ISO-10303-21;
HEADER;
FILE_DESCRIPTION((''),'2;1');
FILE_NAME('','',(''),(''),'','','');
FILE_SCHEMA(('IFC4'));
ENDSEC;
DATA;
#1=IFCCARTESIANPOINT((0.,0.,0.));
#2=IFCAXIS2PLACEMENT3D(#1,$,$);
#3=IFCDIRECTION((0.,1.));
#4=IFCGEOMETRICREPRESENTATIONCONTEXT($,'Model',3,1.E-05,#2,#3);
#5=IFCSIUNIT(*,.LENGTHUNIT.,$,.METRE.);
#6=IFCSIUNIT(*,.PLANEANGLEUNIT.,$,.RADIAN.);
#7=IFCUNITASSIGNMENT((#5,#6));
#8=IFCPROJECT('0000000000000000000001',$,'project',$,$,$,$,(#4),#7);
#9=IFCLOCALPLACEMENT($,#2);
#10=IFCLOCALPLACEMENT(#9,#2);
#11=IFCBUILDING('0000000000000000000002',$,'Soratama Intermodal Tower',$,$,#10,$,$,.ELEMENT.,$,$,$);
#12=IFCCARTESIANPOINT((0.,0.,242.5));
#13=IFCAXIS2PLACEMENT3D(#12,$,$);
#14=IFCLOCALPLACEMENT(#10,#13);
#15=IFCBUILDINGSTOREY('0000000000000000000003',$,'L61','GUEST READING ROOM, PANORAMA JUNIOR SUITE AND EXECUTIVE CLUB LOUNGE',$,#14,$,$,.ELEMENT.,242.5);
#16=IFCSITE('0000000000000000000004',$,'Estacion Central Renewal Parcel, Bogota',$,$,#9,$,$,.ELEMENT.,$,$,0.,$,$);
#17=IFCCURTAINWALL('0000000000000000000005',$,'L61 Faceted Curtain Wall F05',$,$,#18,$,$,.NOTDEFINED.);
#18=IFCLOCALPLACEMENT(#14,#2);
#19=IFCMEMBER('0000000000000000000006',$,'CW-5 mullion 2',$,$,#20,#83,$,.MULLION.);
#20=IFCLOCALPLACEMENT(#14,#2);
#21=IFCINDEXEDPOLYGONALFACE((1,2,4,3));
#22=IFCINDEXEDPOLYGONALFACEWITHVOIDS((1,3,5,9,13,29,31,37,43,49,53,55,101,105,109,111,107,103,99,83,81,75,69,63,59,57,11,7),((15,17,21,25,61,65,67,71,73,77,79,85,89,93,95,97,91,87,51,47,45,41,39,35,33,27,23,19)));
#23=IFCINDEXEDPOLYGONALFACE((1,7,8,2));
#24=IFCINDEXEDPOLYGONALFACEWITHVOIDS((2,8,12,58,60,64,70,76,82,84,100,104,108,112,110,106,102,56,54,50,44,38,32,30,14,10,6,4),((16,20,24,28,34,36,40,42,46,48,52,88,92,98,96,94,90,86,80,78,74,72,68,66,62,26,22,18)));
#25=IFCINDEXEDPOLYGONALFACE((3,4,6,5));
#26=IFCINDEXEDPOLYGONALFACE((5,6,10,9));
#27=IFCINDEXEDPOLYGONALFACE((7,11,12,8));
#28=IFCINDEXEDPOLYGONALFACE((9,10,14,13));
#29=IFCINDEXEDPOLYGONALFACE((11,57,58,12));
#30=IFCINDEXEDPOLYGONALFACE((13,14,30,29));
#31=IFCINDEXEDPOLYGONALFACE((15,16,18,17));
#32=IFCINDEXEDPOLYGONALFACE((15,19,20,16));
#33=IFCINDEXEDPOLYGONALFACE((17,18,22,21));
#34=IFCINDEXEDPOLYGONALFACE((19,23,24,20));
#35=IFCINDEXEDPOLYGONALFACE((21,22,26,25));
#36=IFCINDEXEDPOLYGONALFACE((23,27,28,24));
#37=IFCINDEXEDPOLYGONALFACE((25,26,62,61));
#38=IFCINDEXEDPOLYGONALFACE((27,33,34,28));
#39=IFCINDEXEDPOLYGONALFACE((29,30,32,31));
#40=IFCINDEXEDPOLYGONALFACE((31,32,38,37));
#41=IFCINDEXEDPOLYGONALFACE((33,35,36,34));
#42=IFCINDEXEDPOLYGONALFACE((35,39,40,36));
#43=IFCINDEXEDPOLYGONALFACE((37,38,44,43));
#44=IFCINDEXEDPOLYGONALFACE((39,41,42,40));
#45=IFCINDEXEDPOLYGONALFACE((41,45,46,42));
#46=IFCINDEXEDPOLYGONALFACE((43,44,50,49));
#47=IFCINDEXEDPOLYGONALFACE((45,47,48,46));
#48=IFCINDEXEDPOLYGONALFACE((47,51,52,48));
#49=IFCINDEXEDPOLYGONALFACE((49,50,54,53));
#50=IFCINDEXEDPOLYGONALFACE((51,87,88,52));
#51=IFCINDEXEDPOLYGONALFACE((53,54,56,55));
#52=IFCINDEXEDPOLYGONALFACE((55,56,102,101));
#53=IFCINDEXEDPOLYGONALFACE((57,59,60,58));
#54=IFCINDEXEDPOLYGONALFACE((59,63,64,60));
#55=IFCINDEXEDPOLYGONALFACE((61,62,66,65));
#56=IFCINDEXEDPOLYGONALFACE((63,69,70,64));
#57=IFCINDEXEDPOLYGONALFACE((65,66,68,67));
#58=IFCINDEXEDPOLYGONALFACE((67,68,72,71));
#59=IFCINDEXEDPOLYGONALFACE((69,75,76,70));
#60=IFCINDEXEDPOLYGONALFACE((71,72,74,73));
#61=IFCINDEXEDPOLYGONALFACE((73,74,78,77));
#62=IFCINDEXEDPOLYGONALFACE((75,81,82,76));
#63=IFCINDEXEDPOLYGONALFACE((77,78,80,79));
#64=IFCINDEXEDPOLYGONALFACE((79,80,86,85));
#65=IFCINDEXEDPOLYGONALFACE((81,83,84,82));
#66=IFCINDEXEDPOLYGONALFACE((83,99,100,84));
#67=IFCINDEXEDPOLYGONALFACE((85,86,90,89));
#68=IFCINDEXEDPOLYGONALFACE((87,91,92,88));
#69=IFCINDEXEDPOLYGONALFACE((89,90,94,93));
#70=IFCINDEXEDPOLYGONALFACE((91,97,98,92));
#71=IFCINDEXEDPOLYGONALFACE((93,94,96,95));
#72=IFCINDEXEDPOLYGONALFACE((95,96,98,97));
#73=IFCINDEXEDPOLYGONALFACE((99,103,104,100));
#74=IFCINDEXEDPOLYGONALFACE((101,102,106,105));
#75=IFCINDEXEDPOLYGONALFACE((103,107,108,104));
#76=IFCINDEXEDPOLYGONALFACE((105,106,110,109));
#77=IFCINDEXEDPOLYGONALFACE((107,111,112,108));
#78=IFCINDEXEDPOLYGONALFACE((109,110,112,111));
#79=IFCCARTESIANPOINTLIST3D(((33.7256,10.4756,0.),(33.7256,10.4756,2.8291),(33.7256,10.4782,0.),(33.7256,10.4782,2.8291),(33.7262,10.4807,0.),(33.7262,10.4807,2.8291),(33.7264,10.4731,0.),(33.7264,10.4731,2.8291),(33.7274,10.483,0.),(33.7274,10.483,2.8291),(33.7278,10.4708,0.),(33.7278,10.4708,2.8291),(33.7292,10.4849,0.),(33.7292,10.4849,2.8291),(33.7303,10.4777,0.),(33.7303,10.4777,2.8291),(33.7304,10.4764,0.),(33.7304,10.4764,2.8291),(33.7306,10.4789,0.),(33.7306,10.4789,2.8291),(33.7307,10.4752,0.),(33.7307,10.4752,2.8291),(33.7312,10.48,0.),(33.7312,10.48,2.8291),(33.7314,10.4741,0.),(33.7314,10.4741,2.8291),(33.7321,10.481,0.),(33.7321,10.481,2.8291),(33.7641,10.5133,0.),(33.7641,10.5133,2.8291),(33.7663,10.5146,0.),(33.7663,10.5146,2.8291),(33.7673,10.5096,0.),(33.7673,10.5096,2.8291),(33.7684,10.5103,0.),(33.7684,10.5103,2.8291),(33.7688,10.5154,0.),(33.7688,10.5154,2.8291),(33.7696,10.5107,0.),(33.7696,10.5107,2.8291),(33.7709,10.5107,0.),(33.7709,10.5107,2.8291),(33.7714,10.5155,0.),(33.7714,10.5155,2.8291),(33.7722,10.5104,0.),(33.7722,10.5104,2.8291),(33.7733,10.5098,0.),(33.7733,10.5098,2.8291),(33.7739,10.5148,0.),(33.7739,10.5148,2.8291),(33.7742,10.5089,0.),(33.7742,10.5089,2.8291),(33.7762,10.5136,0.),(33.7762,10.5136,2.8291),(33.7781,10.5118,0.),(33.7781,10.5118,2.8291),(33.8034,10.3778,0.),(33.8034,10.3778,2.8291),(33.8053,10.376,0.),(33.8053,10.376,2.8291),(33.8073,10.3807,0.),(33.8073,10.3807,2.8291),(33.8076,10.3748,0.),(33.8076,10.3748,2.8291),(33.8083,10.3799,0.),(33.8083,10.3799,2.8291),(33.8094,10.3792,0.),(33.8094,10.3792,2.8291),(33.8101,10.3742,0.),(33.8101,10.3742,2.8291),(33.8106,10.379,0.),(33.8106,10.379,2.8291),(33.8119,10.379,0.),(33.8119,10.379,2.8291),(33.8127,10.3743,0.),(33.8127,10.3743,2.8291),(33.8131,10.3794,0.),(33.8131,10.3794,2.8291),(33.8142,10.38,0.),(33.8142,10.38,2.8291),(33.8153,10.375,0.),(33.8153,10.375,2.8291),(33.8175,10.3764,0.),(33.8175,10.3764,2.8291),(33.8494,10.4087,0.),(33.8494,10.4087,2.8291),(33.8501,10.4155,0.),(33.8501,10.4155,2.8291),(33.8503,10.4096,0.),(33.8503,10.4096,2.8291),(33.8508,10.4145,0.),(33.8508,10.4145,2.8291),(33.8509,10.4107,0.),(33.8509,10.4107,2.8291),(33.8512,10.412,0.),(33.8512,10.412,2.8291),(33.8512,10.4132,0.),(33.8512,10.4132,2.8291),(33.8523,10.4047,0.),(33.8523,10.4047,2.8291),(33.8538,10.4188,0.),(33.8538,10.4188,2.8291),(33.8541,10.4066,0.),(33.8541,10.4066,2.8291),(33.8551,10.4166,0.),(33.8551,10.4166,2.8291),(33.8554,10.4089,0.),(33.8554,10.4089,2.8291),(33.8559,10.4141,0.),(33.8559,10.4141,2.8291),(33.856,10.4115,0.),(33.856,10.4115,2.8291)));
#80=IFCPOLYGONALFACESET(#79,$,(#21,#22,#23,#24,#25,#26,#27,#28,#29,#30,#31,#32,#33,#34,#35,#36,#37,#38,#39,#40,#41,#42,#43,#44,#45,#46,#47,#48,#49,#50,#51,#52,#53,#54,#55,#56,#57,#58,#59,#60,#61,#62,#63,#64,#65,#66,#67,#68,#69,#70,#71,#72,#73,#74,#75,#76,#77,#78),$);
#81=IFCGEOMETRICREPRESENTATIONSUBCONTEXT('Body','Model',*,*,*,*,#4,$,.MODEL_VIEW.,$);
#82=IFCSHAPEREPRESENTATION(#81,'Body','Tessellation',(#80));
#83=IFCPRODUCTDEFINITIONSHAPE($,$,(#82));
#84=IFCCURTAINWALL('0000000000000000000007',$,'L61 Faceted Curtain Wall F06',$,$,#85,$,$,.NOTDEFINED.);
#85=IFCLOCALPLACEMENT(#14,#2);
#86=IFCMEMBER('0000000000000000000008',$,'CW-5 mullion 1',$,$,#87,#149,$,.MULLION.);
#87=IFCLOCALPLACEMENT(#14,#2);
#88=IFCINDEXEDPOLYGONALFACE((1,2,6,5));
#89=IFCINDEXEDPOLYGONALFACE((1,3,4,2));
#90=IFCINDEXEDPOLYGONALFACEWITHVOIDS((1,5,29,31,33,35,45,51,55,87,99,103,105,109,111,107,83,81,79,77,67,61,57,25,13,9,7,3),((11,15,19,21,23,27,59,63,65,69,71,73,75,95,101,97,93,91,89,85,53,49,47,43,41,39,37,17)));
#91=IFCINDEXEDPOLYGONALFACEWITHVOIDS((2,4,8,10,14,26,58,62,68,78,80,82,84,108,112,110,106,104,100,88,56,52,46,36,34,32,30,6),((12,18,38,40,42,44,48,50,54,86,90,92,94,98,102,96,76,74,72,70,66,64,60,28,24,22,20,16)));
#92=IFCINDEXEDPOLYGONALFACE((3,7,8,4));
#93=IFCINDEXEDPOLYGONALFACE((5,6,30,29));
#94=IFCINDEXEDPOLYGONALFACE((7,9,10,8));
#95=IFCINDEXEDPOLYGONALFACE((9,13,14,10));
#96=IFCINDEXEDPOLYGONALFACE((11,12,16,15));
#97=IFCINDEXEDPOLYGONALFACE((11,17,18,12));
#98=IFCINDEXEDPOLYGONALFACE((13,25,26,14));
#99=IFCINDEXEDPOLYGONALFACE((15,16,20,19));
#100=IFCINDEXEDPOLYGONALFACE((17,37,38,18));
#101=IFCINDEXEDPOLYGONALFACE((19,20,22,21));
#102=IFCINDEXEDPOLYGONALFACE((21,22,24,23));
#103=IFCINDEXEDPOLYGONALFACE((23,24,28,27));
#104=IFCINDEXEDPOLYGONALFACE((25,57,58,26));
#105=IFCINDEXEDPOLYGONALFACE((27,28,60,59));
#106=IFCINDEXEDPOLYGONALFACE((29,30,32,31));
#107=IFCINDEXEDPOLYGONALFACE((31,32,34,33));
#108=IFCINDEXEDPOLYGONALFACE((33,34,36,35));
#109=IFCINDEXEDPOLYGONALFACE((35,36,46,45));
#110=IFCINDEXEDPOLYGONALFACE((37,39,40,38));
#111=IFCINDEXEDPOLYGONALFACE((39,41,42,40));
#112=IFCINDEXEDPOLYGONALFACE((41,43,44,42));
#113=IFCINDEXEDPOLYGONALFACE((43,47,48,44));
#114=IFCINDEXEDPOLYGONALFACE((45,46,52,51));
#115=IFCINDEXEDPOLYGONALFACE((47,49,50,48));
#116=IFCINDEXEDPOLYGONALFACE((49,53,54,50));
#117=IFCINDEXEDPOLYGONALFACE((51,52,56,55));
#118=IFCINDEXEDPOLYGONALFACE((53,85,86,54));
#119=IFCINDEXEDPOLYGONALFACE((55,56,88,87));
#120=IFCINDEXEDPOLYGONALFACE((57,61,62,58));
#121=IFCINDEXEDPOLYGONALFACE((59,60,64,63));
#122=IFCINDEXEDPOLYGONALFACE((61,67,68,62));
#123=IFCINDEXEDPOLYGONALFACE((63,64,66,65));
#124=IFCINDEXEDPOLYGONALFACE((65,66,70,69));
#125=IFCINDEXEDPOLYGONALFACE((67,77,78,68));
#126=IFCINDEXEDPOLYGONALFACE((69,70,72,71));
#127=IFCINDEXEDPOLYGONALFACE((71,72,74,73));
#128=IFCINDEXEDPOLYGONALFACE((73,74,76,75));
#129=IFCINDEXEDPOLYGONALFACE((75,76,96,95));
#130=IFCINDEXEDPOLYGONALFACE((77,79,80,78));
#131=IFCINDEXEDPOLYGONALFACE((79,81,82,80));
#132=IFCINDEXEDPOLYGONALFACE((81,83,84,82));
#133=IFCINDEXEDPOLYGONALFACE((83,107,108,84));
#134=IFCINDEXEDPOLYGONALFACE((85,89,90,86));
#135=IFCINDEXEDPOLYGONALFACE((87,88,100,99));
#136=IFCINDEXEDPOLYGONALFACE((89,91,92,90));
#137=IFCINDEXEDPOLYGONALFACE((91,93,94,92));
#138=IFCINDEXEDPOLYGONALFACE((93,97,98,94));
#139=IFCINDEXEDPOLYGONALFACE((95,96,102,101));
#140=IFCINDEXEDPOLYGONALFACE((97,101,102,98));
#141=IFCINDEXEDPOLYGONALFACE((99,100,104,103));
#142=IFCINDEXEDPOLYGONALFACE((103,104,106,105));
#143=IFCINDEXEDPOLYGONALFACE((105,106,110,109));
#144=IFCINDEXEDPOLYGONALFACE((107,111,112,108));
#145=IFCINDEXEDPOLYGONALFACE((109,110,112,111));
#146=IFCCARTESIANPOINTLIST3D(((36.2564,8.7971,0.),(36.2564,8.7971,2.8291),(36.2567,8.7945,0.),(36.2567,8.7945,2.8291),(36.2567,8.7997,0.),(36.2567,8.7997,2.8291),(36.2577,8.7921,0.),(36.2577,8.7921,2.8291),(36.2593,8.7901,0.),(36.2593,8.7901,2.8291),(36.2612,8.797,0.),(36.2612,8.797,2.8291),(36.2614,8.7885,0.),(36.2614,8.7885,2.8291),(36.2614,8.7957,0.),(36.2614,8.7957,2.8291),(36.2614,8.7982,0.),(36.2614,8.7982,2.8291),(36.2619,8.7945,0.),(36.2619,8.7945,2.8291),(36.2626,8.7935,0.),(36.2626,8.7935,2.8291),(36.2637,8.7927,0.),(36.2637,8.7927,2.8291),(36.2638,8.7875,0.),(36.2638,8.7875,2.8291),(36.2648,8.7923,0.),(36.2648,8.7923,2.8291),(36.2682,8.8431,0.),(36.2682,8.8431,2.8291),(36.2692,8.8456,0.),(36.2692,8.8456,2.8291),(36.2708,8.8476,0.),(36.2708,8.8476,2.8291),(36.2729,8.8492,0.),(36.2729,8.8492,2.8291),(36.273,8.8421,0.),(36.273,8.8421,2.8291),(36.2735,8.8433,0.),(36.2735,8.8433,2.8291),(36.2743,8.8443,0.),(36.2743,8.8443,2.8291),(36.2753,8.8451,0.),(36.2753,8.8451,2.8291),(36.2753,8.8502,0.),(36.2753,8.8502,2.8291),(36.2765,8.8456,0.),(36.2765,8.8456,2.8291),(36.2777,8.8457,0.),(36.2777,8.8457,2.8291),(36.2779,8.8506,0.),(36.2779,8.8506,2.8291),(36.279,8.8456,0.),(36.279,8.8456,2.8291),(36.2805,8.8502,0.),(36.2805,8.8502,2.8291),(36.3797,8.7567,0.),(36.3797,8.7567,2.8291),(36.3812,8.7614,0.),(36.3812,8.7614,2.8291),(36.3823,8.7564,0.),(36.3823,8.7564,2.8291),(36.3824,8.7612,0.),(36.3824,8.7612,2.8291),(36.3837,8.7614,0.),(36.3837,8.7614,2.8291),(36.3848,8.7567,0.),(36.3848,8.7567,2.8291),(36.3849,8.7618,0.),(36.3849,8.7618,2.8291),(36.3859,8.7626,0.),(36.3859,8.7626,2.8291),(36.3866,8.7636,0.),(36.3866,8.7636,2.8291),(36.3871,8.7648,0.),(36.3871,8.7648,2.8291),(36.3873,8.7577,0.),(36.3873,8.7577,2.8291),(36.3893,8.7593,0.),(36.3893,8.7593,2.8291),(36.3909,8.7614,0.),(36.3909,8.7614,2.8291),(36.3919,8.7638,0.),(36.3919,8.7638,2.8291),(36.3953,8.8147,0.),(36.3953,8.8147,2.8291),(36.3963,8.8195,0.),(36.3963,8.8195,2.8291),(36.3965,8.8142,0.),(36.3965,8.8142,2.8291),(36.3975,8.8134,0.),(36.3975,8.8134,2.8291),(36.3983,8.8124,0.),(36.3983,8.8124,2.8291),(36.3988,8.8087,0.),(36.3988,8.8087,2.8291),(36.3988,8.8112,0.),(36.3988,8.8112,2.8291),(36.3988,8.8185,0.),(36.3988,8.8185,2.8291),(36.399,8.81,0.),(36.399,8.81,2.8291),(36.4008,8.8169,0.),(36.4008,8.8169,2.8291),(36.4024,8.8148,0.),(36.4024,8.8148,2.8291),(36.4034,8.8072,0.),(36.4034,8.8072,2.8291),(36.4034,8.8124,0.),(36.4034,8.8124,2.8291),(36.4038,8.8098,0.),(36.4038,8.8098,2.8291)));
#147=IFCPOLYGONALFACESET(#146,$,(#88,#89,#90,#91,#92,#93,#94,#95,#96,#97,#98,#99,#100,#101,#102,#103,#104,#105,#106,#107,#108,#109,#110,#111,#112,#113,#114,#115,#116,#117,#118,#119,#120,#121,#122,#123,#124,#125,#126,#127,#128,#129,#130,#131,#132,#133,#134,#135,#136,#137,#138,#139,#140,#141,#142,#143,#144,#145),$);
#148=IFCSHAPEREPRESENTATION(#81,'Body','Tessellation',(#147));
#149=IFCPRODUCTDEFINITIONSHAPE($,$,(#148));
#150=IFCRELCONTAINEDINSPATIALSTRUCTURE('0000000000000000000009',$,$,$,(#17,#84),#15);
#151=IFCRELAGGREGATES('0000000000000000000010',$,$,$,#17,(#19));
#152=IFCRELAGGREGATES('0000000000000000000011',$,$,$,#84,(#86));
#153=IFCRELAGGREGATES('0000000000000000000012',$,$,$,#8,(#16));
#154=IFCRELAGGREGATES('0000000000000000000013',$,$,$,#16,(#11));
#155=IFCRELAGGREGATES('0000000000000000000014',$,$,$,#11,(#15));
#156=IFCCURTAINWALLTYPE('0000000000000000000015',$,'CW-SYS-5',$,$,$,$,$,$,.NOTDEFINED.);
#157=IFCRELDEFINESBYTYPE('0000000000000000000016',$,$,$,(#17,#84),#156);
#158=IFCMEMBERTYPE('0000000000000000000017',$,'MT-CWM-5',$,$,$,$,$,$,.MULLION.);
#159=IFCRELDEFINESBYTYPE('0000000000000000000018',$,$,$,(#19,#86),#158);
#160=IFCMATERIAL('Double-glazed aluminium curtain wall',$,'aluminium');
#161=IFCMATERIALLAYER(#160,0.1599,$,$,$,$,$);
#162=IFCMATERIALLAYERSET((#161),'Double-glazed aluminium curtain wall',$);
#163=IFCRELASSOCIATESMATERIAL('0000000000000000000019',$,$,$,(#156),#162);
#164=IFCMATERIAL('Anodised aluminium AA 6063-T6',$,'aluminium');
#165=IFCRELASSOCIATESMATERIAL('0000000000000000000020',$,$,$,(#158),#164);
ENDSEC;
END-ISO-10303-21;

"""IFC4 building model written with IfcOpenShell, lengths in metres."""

from ifc_helpers import new_model, si_unit, direction, frame, origin, origin_2d, place, context, subcontext, project, spatial, hollow_rectangle, extrude, material, layer, layer_set, material_profile, profile_set, type_object, element, aggregate, save


model = new_model("IFC4")

# Units and contexts
model_context = context("Model", 3, precision=1e-05, world=origin(), true_north=direction((0.0, 1.0)))
body_context = subcontext(model_context, "Body", "Model", "MODEL_VIEW")
ifc_project = project(units=[si_unit("LENGTHUNIT", "METRE"), si_unit("PLANEANGLEUNIT", "RADIAN")], contexts=[model_context])

# Site, building, storey
site_placement = place(None, origin())
site = spatial("IfcSite", under=ifc_project, at=site_placement, Name="Estacion Central Renewal Parcel, Bogota", CompositionType="ELEMENT", RefElevation=0.0)
building_placement = place(site_placement, origin())
building = spatial("IfcBuilding", under=site, at=building_placement, Name="Soratama Intermodal Tower", CompositionType="ELEMENT")
storey_placement = place(building_placement, frame((0.0, 0.0, 242.5)))
storey = spatial("IfcBuildingStorey", under=building, at=storey_placement, Name="L61", Description="GUEST READING ROOM, PANORAMA JUNIOR SUITE AND EXECUTIVE CLUB LOUNGE", CompositionType="ELEMENT", Elevation=242.5)

# Curtain wall, member
ifc_material_1 = material(Name="Double-glazed aluminium curtain wall", Category="aluminium")
ifc_layer_1 = layer(ifc_material_1, 0.1599)
ifc_layer_set_1 = layer_set([ifc_layer_1], Name="Double-glazed aluminium curtain wall")
curtain_wall_type = type_object("IfcCurtainWallType", Name="CW-SYS-5", PredefinedType="NOTDEFINED", material=ifc_layer_set_1)
curtain_wall_1_placement = place(storey_placement, origin())
curtain_wall_1 = element("IfcCurtainWall", 1, at=curtain_wall_1_placement, inside=storey, type_object=curtain_wall_type, Name="L61 Faceted Curtain Wall F05", PredefinedType="NOTDEFINED")
ifc_material_2 = material(Name="Anodised aluminium AA 6063-T6", Category="aluminium")
ifc_material_profile_1 = material_profile(ifc_material_2, hollow_rectangle(XDim=0.0649, YDim=0.1399, WallThickness=0.0049, InnerFilletRadius=0.0049, OuterFilletRadius=0.01, at=origin_2d()), Name="CWM140X65X5")
ifc_profile_set_1 = profile_set([ifc_material_profile_1], Name="Anodised aluminium AA 6063-T6")
member_type_1 = type_object("IfcMemberType", Name="MT-CWM-5", PredefinedType="MULLION", material=ifc_profile_set_1)
member_1_placement = place(storey_placement, frame((33.7908, 10.4448, 0.0), z_axis=(0.0, 0.0, 1.0), x_axis=(0.775824, 0.630949, 0.0)))
member_1 = element("IfcMember", 2, at=member_1_placement, type_object=member_type_1, Name="CW-5 mullion 2", PredefinedType="MULLION", context=body_context, shape_type="SweptSolid", body=[
    extrude(hollow_rectangle(XDim=0.0649, YDim=0.1399, WallThickness=0.0049, InnerFilletRadius=0.0049, OuterFilletRadius=0.01, at=origin_2d()), origin(), (0.0, 0.0, 1.0), 2.8291),
])
aggregate(curtain_wall_1, [member_1])

# Curtain wall, member
curtain_wall_2_placement = place(storey_placement, origin())
curtain_wall_2 = element("IfcCurtainWall", 3, at=curtain_wall_2_placement, inside=storey, type_object=curtain_wall_type, Name="L61 Faceted Curtain Wall F06", PredefinedType="NOTDEFINED")
member_2_placement = place(storey_placement, frame((36.3301, 8.8035, 0.0), z_axis=(0.0, 0.0, 1.0), x_axis=(0.256793, 0.966466, 0.0)))
member_2 = element("IfcMember", 4, at=member_2_placement, type_object=member_type_1, Name="CW-5 mullion 1", PredefinedType="MULLION", context=body_context, shape_type="SweptSolid", body=[
    extrude(hollow_rectangle(XDim=0.0649, YDim=0.1399, WallThickness=0.0049, InnerFilletRadius=0.0049, OuterFilletRadius=0.01, at=origin_2d()), origin(), (0.0, 0.0, 1.0), 2.8291),
])
aggregate(curtain_wall_2, [member_2])

save(model, "model.ifc")
